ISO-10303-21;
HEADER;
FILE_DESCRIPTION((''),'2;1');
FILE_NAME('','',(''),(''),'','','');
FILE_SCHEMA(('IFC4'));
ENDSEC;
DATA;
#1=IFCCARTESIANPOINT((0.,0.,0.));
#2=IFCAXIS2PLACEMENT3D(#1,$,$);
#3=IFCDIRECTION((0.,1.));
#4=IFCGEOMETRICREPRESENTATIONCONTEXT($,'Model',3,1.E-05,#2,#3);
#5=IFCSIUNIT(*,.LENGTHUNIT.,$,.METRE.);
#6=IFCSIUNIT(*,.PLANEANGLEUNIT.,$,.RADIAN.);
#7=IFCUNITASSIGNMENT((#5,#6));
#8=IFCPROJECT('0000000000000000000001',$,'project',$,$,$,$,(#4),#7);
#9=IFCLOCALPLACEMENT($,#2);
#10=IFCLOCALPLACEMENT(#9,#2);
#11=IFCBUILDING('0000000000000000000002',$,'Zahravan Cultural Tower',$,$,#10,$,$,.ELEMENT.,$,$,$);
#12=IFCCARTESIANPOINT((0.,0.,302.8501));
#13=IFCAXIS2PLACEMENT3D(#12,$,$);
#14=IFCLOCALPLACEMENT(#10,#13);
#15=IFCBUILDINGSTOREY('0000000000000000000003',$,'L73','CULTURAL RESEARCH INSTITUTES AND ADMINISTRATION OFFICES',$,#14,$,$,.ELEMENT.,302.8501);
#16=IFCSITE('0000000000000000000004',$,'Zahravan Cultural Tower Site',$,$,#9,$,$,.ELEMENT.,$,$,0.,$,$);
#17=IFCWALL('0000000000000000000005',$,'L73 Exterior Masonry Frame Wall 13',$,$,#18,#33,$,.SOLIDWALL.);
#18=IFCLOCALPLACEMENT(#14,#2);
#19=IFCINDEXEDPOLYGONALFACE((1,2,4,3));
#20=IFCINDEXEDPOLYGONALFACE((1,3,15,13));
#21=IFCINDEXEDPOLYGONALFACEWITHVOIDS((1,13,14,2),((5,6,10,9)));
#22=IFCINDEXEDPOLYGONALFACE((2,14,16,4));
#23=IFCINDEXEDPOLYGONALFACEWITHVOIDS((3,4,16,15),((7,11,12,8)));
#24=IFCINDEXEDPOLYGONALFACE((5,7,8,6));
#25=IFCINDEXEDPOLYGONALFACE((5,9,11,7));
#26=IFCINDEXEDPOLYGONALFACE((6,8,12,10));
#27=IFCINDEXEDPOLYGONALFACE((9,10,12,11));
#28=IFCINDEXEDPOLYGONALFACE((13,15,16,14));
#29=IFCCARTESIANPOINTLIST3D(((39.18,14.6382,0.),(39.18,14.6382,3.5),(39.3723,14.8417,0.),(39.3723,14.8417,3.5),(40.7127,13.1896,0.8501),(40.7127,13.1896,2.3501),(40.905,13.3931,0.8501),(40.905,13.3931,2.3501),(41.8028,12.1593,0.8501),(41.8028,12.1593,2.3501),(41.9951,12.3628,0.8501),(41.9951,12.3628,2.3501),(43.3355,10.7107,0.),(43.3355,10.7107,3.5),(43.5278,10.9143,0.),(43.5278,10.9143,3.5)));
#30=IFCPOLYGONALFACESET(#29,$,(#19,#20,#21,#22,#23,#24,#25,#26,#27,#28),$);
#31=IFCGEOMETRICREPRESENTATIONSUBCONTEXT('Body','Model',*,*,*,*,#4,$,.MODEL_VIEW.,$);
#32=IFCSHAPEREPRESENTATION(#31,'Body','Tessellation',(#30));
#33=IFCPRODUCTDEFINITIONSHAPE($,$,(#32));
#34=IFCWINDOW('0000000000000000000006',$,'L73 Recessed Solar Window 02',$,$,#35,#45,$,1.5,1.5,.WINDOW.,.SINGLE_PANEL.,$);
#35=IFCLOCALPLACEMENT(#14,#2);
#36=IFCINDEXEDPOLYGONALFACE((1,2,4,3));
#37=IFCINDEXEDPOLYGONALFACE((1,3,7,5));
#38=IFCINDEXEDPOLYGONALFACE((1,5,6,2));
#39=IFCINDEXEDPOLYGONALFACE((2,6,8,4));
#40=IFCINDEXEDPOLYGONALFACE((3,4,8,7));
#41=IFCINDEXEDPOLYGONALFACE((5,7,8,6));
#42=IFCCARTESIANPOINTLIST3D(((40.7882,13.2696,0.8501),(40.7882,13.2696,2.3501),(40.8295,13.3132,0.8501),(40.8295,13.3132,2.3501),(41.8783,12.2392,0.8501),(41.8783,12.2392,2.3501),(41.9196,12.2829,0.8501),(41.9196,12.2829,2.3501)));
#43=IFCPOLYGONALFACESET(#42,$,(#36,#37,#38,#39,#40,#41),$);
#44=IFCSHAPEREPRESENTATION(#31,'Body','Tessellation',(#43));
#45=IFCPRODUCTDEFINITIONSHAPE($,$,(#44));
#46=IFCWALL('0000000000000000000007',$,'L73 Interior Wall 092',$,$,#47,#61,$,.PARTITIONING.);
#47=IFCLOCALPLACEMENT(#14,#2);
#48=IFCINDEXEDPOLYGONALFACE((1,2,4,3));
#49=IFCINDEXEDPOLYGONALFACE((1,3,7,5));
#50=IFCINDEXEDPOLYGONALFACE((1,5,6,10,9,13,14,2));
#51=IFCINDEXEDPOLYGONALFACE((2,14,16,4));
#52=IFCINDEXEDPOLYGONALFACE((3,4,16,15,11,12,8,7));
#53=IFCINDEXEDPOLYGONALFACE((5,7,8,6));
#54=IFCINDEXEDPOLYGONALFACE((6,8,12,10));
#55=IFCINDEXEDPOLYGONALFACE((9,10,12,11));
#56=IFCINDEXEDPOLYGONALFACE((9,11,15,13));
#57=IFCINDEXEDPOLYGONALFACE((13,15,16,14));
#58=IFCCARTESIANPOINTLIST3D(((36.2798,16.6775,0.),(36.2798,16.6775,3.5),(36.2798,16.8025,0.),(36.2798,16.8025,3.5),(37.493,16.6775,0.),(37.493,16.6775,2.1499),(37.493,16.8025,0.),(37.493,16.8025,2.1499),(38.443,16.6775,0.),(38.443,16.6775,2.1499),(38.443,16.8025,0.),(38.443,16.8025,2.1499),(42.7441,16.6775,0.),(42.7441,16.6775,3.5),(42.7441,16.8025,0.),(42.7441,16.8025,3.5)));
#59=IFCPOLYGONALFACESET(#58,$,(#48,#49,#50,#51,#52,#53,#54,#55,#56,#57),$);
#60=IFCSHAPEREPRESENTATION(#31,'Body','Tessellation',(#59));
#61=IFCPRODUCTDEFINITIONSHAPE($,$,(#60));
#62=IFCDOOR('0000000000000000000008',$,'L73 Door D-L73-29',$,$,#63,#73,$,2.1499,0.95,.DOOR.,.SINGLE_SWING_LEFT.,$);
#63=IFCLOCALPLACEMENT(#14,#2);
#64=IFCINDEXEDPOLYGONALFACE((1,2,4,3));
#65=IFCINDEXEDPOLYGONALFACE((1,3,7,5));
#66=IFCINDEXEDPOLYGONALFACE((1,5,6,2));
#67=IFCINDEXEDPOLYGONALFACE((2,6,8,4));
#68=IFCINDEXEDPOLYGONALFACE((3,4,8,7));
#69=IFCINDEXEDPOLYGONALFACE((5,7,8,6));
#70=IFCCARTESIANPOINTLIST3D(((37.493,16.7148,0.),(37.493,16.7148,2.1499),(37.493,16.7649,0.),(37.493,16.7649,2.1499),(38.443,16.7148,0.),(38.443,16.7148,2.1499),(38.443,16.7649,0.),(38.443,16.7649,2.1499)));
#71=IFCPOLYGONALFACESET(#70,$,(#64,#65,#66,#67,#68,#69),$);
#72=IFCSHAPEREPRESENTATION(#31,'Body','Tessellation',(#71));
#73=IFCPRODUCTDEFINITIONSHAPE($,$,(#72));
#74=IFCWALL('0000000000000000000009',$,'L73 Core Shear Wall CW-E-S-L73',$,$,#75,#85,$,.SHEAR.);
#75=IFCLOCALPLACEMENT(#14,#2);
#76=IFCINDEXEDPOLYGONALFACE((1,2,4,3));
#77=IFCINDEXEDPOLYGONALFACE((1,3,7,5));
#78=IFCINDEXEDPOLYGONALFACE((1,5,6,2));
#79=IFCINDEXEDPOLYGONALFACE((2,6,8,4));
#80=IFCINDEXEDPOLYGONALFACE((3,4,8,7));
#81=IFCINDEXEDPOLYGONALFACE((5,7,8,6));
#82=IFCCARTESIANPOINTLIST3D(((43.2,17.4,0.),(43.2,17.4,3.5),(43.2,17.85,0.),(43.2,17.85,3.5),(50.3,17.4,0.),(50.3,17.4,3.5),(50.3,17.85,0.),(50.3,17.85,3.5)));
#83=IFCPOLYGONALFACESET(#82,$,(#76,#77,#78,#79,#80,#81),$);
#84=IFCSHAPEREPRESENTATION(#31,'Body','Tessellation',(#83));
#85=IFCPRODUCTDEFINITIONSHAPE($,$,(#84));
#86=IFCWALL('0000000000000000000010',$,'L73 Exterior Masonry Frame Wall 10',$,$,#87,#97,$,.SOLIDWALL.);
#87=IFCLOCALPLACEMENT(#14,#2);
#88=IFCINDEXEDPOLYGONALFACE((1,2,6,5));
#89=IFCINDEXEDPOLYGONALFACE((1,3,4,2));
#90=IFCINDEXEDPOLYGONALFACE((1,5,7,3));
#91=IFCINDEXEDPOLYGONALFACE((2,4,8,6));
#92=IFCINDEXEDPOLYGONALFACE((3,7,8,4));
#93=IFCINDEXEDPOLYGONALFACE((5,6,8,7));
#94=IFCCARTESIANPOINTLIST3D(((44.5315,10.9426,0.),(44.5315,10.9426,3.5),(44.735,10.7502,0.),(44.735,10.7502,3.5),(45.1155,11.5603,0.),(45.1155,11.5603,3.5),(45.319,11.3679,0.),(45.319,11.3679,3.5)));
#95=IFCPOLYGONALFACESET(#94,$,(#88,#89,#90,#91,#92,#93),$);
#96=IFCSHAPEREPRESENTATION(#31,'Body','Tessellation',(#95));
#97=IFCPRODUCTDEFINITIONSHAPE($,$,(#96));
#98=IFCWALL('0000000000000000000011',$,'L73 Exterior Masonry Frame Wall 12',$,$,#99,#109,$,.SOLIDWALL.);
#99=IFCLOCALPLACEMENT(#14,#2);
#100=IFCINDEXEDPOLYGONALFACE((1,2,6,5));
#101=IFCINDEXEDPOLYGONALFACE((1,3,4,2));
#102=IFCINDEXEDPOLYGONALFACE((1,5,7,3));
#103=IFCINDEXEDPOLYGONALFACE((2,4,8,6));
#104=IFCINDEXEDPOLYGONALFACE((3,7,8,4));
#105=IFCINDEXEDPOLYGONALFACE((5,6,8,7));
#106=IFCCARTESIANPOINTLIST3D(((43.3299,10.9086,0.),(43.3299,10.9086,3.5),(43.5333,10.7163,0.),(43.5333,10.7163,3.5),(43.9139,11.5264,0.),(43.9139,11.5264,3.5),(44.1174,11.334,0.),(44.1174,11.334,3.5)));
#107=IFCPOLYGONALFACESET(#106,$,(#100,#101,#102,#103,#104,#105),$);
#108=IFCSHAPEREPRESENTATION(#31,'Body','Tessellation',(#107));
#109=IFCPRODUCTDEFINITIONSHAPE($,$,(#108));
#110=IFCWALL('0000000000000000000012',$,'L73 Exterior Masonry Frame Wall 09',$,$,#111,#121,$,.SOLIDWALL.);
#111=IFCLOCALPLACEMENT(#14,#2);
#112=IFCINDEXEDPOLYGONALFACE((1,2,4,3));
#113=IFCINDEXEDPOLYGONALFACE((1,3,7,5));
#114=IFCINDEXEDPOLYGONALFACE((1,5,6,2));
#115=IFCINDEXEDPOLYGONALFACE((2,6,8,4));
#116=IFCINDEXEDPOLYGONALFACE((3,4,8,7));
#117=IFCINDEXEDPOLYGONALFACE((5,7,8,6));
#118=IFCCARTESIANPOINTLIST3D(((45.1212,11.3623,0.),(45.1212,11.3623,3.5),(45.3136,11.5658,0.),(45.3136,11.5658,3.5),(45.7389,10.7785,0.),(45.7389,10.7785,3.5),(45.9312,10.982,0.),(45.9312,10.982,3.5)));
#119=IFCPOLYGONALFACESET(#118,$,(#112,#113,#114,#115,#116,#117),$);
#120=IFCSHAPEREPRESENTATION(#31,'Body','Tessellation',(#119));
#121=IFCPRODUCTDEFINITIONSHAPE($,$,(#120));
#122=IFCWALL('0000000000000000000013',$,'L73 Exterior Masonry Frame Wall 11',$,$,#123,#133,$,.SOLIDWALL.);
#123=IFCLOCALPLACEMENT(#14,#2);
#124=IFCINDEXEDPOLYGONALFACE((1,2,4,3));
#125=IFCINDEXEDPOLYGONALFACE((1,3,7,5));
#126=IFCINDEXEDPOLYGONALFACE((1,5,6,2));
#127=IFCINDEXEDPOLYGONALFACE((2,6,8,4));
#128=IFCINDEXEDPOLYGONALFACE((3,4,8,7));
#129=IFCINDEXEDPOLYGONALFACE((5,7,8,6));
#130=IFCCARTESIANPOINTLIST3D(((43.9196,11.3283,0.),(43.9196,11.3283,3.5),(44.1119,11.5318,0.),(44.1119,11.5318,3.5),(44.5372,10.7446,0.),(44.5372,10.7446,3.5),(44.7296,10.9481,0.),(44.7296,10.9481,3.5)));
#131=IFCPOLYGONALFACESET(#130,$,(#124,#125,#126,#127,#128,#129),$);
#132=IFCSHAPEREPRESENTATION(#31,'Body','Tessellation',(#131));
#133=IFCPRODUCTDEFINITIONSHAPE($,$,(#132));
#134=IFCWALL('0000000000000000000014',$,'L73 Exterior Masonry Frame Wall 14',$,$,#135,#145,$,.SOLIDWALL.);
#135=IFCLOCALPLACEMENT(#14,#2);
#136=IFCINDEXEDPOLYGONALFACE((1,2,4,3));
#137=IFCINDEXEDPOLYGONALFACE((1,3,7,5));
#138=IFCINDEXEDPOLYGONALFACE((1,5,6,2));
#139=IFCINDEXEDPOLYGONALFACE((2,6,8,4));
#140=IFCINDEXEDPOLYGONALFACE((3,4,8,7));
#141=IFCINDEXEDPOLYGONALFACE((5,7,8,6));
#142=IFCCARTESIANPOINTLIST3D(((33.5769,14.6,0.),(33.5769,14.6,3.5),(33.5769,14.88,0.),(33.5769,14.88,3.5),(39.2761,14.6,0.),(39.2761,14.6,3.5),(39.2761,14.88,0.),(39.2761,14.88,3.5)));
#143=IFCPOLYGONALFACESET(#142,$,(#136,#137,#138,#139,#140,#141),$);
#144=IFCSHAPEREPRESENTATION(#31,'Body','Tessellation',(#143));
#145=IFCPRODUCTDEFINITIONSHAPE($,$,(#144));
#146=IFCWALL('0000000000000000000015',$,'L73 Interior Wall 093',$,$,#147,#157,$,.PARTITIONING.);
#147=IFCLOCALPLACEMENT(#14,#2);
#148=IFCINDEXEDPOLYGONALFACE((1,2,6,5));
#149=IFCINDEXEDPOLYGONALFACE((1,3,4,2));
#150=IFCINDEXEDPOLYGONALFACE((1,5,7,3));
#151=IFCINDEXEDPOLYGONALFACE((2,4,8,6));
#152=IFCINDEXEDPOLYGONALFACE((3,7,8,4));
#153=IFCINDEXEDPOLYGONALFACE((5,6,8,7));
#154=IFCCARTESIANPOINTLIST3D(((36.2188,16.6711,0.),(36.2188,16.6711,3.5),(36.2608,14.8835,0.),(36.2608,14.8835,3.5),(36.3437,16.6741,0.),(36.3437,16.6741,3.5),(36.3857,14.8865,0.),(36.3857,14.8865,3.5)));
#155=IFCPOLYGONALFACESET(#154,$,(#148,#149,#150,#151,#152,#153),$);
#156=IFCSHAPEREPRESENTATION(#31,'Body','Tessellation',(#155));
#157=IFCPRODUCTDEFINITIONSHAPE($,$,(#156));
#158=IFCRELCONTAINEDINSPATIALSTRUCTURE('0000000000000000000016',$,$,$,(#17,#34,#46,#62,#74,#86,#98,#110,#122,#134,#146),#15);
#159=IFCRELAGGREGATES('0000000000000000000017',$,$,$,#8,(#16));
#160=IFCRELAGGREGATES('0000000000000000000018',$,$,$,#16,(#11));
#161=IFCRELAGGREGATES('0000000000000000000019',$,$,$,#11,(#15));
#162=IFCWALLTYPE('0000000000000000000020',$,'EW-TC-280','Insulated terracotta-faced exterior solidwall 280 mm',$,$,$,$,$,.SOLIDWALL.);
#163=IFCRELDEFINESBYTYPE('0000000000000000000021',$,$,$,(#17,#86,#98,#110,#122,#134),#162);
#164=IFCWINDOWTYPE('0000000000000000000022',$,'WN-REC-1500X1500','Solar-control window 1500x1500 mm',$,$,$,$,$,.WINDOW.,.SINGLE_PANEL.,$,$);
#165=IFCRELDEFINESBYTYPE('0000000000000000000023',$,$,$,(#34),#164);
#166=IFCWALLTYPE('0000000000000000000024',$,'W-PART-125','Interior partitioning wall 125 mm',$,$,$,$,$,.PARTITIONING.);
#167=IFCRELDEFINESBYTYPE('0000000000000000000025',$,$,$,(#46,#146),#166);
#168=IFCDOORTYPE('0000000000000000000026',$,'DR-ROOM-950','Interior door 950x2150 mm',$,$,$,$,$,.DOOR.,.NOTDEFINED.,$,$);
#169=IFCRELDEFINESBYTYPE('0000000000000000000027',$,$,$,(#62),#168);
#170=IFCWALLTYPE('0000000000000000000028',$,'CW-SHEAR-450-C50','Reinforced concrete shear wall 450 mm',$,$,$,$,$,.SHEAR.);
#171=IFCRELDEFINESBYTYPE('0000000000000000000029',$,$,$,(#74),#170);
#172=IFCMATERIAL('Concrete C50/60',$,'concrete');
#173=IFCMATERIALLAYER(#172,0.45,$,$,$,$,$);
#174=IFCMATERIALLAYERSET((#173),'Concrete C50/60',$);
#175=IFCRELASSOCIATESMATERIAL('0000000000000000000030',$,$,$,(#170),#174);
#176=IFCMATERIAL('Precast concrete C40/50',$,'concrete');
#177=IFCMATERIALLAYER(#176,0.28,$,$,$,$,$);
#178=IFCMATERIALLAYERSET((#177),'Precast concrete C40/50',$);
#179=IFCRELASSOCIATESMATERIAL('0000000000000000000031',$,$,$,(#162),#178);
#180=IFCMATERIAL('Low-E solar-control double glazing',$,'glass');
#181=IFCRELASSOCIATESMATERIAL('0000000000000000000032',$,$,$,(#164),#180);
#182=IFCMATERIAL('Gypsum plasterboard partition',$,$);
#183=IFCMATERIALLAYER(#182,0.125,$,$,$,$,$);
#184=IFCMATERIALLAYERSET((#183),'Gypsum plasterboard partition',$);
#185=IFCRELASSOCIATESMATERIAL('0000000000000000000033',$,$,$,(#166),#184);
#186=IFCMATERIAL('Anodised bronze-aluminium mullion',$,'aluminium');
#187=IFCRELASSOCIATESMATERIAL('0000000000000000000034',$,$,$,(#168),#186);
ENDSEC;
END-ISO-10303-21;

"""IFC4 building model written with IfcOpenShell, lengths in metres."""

from ifc_helpers import new_model, si_unit, direction, frame, frame_2d, origin, place, context, subcontext, project, spatial, rectangle, extrude, source, transform, mapped, material, layer, layer_set, type_object, element, fill, save


model = new_model("IFC4")

# Units and contexts
model_context = context("Model", 3, precision=1e-05, world=origin(), true_north=direction((0.0, 1.0)))
body_context = subcontext(model_context, "Body", "Model", "MODEL_VIEW")
ifc_project = project(units=[si_unit("LENGTHUNIT", "METRE"), si_unit("PLANEANGLEUNIT", "RADIAN")], contexts=[model_context])

# Site, building, storey
site_placement = place(None, origin())
site = spatial("IfcSite", under=ifc_project, at=site_placement, Name="Zahravan Cultural Tower Site", CompositionType="ELEMENT", RefElevation=0.0)
building_placement = place(site_placement, origin())
building = spatial("IfcBuilding", under=site, at=building_placement, Name="Zahravan Cultural Tower", CompositionType="ELEMENT")
storey_placement = place(building_placement, frame((0.0, 0.0, 302.8501)))
storey = spatial("IfcBuildingStorey", under=building, at=storey_placement, Name="L73", Description="CULTURAL RESEARCH INSTITUTES AND ADMINISTRATION OFFICES", CompositionType="ELEMENT", Elevation=302.8501)

# Shared definitions
ifc_material_1 = material(Name="Concrete C50/60", Category="concrete")

# Shared definitions
ifc_layer_1 = layer(ifc_material_1, 0.45)
ifc_layer_set_1 = layer_set([ifc_layer_1], Name="Concrete C50/60")
wall_type_1 = type_object("IfcWallType", Name="CW-SHEAR-450-C50", Description="Reinforced concrete shear wall 450 mm", PredefinedType="SHEAR", material=ifc_layer_set_1)

# Wall, opening, window
ifc_material_2 = material(Name="Precast concrete C40/50", Category="concrete")
ifc_layer_2 = layer(ifc_material_2, 0.28)
ifc_layer_set_2 = layer_set([ifc_layer_2], Name="Precast concrete C40/50")
wall_type_2 = type_object("IfcWallType", Name="EW-TC-280", Description="Insulated terracotta-faced exterior solidwall 280 mm", PredefinedType="SOLIDWALL", material=ifc_layer_set_2)
wall_1_placement = place(storey_placement, frame((43.4316, 10.8125, 0.0), z_axis=(0.0, 0.0, 1.0), x_axis=(-0.726766, 0.686886, 0.0)))
wall_1 = element("IfcWall", 1, at=wall_1_placement, inside=storey, type_object=wall_type_2, Name="L73 Exterior Masonry Frame Wall 13", PredefinedType="SOLIDWALL", context=body_context, shape_type="SweptSolid", body=[
    extrude(rectangle(XDim=5.7178, YDim=0.28, at=frame_2d((2.8589, 0.0))), origin(), (0.0, 0.0, 1.0), 3.5),
])
opening_1_placement = place(wall_1_placement, frame((2.1089, 0.0, 0.8501)))
opening_1 = element("IfcOpeningElement", 2, at=opening_1_placement, cuts=wall_1, PredefinedType="OPENING", context=body_context, shape_type="SweptSolid", body=[
    extrude(rectangle(XDim=1.5, YDim=1.5, at=frame_2d((0.75, 0.75))), frame((0.0, 0.1499, 0.0), z_axis=(0.0, -1.0, 0.0), x_axis=(1.0, 0.0, 0.0)), (0.0, 0.0, 1.0), 0.3),
])
ifc_material_3 = material(Name="Low-E solar-control double glazing", Category="glass")
window_type = type_object("IfcWindowType", Name="WN-REC-1500X1500", Description="Solar-control window 1500x1500 mm", PartitioningType="SINGLE_PANEL", PredefinedType="WINDOW", material=ifc_material_3)
shared_shape_1 = source(origin(), body_context, "Body", "SweptSolid", [
    extrude(rectangle(XDim=1.5, YDim=1.5, at=frame_2d((0.75, 0.75))), frame((0.0, 0.03, 0.0), z_axis=(0.0, -1.0, 0.0), x_axis=(1.0, 0.0, 0.0)), (0.0, 0.0, 1.0), 0.0601),
])
window_placement = place(opening_1_placement, origin())
window = element("IfcWindow", 3, at=window_placement, inside=storey, type_object=window_type, Name="L73 Recessed Solar Window 02", OverallHeight=1.5, OverallWidth=1.5, PartitioningType="SINGLE_PANEL", PredefinedType="WINDOW", context=body_context, shape_type="MappedRepresentation", body=[
    mapped(shared_shape_1, transform((0.0, 0.0, 0.0), x_axis=(1.0, 0.0, 0.0), y_axis=(0.0, 1.0, 0.0), z_axis=(0.0, 0.0, 1.0), scale=1.0)),
])
fill(opening_1, window)

# Wall, opening, door
ifc_material_4 = material(Name="Gypsum plasterboard partition")
ifc_layer_3 = layer(ifc_material_4, 0.125)
ifc_layer_set_3 = layer_set([ifc_layer_3], Name="Gypsum plasterboard partition")
wall_type_3 = type_object("IfcWallType", Name="W-PART-125", Description="Interior partitioning wall 125 mm", PredefinedType="PARTITIONING", material=ifc_layer_set_3)
wall_2_placement = place(storey_placement, frame((36.2798, 16.74, 0.0), z_axis=(0.0, 0.0, 1.0), x_axis=(1.0, 0.0, 0.0)))
wall_2 = element("IfcWall", 4, at=wall_2_placement, inside=storey, type_object=wall_type_3, Name="L73 Interior Wall 092", PredefinedType="PARTITIONING", context=body_context, shape_type="SweptSolid", body=[
    extrude(rectangle(XDim=6.4644, YDim=0.125, at=frame_2d((3.2322, 0.0))), origin(), (0.0, 0.0, 1.0), 3.5),
])
opening_2_placement = place(wall_2_placement, frame((1.2131, 0.0, 0.0)))
opening_2 = element("IfcOpeningElement", 5, at=opening_2_placement, cuts=wall_2, PredefinedType="OPENING", context=body_context, shape_type="SweptSolid", body=[
    extrude(rectangle(XDim=0.95, YDim=2.1499, at=frame_2d((0.4751, 1.075))), frame((0.0, 0.0725, 0.0), z_axis=(0.0, -1.0, 0.0), x_axis=(1.0, 0.0, 0.0)), (0.0, 0.0, 1.0), 0.145),
])
ifc_material_5 = material(Name="Anodised bronze-aluminium mullion", Category="aluminium")
door_type_1 = type_object("IfcDoorType", Name="DR-ROOM-950", Description="Interior door 950x2150 mm", OperationType="NOTDEFINED", PredefinedType="DOOR", material=ifc_material_5)
shared_shape_2 = source(origin(), body_context, "Body", "SweptSolid", [
    extrude(rectangle(XDim=0.95, YDim=2.1499, at=frame_2d((0.4751, 1.075))), frame((0.0, 0.0249, 0.0), z_axis=(0.0, -1.0, 0.0), x_axis=(1.0, 0.0, 0.0)), (0.0, 0.0, 1.0), 0.05),
])
door_1_placement = place(opening_2_placement, origin())
door_1 = element("IfcDoor", 6, at=door_1_placement, inside=storey, type_object=door_type_1, Name="L73 Door D-L73-29", OperationType="SINGLE_SWING_LEFT", OverallHeight=2.1499, OverallWidth=0.95, PredefinedType="DOOR", context=body_context, shape_type="MappedRepresentation", body=[
    mapped(shared_shape_2, transform((0.0, 0.0, 0.0), x_axis=(1.0, 0.0, 0.0), y_axis=(0.0, 1.0, 0.0), z_axis=(0.0, 0.0, 1.0), scale=1.0)),
])
fill(opening_2, door_1)

# Walls
shared_shape_3 = source(origin(), body_context, "Body", "SweptSolid", [
    extrude(rectangle(XDim=7.1001, YDim=0.45, at=frame_2d((3.55, 0.0))), origin(), (0.0, 0.0, 1.0), 3.5),
])
wall_3_placement = place(storey_placement, frame((43.2, 17.625, 0.0), z_axis=(0.0, 0.0, 1.0), x_axis=(1.0, 0.0, 0.0)))
element("IfcWall", 7, at=wall_3_placement, inside=storey, type_object=wall_type_1, Name="L73 Core Shear Wall CW-E-S-L73", PredefinedType="SHEAR", context=body_context, shape_type="MappedRepresentation", body=[
    mapped(shared_shape_3, transform((0.0, 0.0, 0.0), x_axis=(1.0, 0.0, 0.0), y_axis=(0.0, 1.0, 0.0), z_axis=(0.0, 0.0, 1.0), scale=1.0)),
])
shared_shape_4 = source(origin(), body_context, "Body", "SweptSolid", [
    extrude(rectangle(XDim=0.8501, YDim=0.28, at=frame_2d((0.425, 0.0))), origin(), (0.0, 0.0, 1.0), 3.5),
])
for number, where, z_axis, x_axis, name in (
    (8, (45.2173, 11.4641, 0.0), (0.0, 0.0, 1.0), (-0.687011, -0.726647, 0.0), "L73 Exterior Masonry Frame Wall 10"),
    (9, (44.0156, 11.4302, 0.0), (0.0, 0.0, 1.0), (-0.687011, -0.726647, 0.0), "L73 Exterior Masonry Frame Wall 12"),
):
    element("IfcWall", number, at=place(storey_placement, frame(where, z_axis=z_axis, x_axis=x_axis)), inside=storey, type_object=wall_type_2, Name=name, PredefinedType="SOLIDWALL", context=body_context, shape_type="MappedRepresentation", body=[
        mapped(shared_shape_4, transform((0.0, 0.0, 0.0), x_axis=(1.0, 0.0, 0.0), y_axis=(0.0, 1.0, 0.0), z_axis=(0.0, 0.0, 1.0), scale=1.0)),
    ])
shared_shape_5 = source(origin(), body_context, "Body", "SweptSolid", [
    extrude(rectangle(XDim=0.8499, YDim=0.28, at=frame_2d((0.4248, 0.0))), origin(), (0.0, 0.0, 1.0), 3.5),
])
for number, where, z_axis, x_axis, name in (
    (10, (45.835, 10.8804, 0.0), (0.0, 0.0, 1.0), (-0.72679, 0.68686, 0.0), "L73 Exterior Masonry Frame Wall 09"),
    (11, (44.6333, 10.8464, 0.0), (0.0, 0.0, 1.0), (-0.72679, 0.68686, 0.0), "L73 Exterior Masonry Frame Wall 11"),
):
    element("IfcWall", number, at=place(storey_placement, frame(where, z_axis=z_axis, x_axis=x_axis)), inside=storey, type_object=wall_type_2, Name=name, PredefinedType="SOLIDWALL", context=body_context, shape_type="MappedRepresentation", body=[
        mapped(shared_shape_5, transform((0.0, 0.0, 0.0), x_axis=(1.0, 0.0, 0.0), y_axis=(0.0, 1.0, 0.0), z_axis=(0.0, 0.0, 1.0), scale=1.0)),
    ])
shared_shape_6 = source(origin(), body_context, "Body", "SweptSolid", [
    extrude(rectangle(XDim=5.6992, YDim=0.28, at=frame_2d((2.8496, 0.0))), origin(), (0.0, 0.0, 1.0), 3.5),
])
wall_4_placement = place(storey_placement, frame((39.2761, 14.74, 0.0), z_axis=(0.0, 0.0, 1.0), x_axis=(-1.0, 0.0, 0.0)))
element("IfcWall", 12, at=wall_4_placement, inside=storey, type_object=wall_type_2, Name="L73 Exterior Masonry Frame Wall 14", PredefinedType="SOLIDWALL", context=body_context, shape_type="MappedRepresentation", body=[
    mapped(shared_shape_6, transform((0.0, 0.0, 0.0), x_axis=(1.0, 0.0, 0.0), y_axis=(0.0, 1.0, 0.0), z_axis=(0.0, 0.0, 1.0), scale=1.0)),
])
shared_shape_7 = source(origin(), body_context, "Body", "SweptSolid", [
    extrude(rectangle(XDim=1.7881, YDim=0.125, at=frame_2d((0.894, 0.0))), origin(), (0.0, 0.0, 1.0), 3.5),
])
wall_5_placement = place(storey_placement, frame((36.3232, 14.885, 0.0), z_axis=(0.0, 0.0, 1.0), x_axis=(-0.023484, 0.999724, 0.0)))
element("IfcWall", 13, at=wall_5_placement, inside=storey, type_object=wall_type_3, Name="L73 Interior Wall 093", PredefinedType="PARTITIONING", context=body_context, shape_type="MappedRepresentation", body=[
    mapped(shared_shape_7, transform((0.0, 0.0, 0.0), x_axis=(1.0, 0.0, 0.0), y_axis=(0.0, 1.0, 0.0), z_axis=(0.0, 0.0, 1.0), scale=1.0)),
])

save(model, "model.ifc")
